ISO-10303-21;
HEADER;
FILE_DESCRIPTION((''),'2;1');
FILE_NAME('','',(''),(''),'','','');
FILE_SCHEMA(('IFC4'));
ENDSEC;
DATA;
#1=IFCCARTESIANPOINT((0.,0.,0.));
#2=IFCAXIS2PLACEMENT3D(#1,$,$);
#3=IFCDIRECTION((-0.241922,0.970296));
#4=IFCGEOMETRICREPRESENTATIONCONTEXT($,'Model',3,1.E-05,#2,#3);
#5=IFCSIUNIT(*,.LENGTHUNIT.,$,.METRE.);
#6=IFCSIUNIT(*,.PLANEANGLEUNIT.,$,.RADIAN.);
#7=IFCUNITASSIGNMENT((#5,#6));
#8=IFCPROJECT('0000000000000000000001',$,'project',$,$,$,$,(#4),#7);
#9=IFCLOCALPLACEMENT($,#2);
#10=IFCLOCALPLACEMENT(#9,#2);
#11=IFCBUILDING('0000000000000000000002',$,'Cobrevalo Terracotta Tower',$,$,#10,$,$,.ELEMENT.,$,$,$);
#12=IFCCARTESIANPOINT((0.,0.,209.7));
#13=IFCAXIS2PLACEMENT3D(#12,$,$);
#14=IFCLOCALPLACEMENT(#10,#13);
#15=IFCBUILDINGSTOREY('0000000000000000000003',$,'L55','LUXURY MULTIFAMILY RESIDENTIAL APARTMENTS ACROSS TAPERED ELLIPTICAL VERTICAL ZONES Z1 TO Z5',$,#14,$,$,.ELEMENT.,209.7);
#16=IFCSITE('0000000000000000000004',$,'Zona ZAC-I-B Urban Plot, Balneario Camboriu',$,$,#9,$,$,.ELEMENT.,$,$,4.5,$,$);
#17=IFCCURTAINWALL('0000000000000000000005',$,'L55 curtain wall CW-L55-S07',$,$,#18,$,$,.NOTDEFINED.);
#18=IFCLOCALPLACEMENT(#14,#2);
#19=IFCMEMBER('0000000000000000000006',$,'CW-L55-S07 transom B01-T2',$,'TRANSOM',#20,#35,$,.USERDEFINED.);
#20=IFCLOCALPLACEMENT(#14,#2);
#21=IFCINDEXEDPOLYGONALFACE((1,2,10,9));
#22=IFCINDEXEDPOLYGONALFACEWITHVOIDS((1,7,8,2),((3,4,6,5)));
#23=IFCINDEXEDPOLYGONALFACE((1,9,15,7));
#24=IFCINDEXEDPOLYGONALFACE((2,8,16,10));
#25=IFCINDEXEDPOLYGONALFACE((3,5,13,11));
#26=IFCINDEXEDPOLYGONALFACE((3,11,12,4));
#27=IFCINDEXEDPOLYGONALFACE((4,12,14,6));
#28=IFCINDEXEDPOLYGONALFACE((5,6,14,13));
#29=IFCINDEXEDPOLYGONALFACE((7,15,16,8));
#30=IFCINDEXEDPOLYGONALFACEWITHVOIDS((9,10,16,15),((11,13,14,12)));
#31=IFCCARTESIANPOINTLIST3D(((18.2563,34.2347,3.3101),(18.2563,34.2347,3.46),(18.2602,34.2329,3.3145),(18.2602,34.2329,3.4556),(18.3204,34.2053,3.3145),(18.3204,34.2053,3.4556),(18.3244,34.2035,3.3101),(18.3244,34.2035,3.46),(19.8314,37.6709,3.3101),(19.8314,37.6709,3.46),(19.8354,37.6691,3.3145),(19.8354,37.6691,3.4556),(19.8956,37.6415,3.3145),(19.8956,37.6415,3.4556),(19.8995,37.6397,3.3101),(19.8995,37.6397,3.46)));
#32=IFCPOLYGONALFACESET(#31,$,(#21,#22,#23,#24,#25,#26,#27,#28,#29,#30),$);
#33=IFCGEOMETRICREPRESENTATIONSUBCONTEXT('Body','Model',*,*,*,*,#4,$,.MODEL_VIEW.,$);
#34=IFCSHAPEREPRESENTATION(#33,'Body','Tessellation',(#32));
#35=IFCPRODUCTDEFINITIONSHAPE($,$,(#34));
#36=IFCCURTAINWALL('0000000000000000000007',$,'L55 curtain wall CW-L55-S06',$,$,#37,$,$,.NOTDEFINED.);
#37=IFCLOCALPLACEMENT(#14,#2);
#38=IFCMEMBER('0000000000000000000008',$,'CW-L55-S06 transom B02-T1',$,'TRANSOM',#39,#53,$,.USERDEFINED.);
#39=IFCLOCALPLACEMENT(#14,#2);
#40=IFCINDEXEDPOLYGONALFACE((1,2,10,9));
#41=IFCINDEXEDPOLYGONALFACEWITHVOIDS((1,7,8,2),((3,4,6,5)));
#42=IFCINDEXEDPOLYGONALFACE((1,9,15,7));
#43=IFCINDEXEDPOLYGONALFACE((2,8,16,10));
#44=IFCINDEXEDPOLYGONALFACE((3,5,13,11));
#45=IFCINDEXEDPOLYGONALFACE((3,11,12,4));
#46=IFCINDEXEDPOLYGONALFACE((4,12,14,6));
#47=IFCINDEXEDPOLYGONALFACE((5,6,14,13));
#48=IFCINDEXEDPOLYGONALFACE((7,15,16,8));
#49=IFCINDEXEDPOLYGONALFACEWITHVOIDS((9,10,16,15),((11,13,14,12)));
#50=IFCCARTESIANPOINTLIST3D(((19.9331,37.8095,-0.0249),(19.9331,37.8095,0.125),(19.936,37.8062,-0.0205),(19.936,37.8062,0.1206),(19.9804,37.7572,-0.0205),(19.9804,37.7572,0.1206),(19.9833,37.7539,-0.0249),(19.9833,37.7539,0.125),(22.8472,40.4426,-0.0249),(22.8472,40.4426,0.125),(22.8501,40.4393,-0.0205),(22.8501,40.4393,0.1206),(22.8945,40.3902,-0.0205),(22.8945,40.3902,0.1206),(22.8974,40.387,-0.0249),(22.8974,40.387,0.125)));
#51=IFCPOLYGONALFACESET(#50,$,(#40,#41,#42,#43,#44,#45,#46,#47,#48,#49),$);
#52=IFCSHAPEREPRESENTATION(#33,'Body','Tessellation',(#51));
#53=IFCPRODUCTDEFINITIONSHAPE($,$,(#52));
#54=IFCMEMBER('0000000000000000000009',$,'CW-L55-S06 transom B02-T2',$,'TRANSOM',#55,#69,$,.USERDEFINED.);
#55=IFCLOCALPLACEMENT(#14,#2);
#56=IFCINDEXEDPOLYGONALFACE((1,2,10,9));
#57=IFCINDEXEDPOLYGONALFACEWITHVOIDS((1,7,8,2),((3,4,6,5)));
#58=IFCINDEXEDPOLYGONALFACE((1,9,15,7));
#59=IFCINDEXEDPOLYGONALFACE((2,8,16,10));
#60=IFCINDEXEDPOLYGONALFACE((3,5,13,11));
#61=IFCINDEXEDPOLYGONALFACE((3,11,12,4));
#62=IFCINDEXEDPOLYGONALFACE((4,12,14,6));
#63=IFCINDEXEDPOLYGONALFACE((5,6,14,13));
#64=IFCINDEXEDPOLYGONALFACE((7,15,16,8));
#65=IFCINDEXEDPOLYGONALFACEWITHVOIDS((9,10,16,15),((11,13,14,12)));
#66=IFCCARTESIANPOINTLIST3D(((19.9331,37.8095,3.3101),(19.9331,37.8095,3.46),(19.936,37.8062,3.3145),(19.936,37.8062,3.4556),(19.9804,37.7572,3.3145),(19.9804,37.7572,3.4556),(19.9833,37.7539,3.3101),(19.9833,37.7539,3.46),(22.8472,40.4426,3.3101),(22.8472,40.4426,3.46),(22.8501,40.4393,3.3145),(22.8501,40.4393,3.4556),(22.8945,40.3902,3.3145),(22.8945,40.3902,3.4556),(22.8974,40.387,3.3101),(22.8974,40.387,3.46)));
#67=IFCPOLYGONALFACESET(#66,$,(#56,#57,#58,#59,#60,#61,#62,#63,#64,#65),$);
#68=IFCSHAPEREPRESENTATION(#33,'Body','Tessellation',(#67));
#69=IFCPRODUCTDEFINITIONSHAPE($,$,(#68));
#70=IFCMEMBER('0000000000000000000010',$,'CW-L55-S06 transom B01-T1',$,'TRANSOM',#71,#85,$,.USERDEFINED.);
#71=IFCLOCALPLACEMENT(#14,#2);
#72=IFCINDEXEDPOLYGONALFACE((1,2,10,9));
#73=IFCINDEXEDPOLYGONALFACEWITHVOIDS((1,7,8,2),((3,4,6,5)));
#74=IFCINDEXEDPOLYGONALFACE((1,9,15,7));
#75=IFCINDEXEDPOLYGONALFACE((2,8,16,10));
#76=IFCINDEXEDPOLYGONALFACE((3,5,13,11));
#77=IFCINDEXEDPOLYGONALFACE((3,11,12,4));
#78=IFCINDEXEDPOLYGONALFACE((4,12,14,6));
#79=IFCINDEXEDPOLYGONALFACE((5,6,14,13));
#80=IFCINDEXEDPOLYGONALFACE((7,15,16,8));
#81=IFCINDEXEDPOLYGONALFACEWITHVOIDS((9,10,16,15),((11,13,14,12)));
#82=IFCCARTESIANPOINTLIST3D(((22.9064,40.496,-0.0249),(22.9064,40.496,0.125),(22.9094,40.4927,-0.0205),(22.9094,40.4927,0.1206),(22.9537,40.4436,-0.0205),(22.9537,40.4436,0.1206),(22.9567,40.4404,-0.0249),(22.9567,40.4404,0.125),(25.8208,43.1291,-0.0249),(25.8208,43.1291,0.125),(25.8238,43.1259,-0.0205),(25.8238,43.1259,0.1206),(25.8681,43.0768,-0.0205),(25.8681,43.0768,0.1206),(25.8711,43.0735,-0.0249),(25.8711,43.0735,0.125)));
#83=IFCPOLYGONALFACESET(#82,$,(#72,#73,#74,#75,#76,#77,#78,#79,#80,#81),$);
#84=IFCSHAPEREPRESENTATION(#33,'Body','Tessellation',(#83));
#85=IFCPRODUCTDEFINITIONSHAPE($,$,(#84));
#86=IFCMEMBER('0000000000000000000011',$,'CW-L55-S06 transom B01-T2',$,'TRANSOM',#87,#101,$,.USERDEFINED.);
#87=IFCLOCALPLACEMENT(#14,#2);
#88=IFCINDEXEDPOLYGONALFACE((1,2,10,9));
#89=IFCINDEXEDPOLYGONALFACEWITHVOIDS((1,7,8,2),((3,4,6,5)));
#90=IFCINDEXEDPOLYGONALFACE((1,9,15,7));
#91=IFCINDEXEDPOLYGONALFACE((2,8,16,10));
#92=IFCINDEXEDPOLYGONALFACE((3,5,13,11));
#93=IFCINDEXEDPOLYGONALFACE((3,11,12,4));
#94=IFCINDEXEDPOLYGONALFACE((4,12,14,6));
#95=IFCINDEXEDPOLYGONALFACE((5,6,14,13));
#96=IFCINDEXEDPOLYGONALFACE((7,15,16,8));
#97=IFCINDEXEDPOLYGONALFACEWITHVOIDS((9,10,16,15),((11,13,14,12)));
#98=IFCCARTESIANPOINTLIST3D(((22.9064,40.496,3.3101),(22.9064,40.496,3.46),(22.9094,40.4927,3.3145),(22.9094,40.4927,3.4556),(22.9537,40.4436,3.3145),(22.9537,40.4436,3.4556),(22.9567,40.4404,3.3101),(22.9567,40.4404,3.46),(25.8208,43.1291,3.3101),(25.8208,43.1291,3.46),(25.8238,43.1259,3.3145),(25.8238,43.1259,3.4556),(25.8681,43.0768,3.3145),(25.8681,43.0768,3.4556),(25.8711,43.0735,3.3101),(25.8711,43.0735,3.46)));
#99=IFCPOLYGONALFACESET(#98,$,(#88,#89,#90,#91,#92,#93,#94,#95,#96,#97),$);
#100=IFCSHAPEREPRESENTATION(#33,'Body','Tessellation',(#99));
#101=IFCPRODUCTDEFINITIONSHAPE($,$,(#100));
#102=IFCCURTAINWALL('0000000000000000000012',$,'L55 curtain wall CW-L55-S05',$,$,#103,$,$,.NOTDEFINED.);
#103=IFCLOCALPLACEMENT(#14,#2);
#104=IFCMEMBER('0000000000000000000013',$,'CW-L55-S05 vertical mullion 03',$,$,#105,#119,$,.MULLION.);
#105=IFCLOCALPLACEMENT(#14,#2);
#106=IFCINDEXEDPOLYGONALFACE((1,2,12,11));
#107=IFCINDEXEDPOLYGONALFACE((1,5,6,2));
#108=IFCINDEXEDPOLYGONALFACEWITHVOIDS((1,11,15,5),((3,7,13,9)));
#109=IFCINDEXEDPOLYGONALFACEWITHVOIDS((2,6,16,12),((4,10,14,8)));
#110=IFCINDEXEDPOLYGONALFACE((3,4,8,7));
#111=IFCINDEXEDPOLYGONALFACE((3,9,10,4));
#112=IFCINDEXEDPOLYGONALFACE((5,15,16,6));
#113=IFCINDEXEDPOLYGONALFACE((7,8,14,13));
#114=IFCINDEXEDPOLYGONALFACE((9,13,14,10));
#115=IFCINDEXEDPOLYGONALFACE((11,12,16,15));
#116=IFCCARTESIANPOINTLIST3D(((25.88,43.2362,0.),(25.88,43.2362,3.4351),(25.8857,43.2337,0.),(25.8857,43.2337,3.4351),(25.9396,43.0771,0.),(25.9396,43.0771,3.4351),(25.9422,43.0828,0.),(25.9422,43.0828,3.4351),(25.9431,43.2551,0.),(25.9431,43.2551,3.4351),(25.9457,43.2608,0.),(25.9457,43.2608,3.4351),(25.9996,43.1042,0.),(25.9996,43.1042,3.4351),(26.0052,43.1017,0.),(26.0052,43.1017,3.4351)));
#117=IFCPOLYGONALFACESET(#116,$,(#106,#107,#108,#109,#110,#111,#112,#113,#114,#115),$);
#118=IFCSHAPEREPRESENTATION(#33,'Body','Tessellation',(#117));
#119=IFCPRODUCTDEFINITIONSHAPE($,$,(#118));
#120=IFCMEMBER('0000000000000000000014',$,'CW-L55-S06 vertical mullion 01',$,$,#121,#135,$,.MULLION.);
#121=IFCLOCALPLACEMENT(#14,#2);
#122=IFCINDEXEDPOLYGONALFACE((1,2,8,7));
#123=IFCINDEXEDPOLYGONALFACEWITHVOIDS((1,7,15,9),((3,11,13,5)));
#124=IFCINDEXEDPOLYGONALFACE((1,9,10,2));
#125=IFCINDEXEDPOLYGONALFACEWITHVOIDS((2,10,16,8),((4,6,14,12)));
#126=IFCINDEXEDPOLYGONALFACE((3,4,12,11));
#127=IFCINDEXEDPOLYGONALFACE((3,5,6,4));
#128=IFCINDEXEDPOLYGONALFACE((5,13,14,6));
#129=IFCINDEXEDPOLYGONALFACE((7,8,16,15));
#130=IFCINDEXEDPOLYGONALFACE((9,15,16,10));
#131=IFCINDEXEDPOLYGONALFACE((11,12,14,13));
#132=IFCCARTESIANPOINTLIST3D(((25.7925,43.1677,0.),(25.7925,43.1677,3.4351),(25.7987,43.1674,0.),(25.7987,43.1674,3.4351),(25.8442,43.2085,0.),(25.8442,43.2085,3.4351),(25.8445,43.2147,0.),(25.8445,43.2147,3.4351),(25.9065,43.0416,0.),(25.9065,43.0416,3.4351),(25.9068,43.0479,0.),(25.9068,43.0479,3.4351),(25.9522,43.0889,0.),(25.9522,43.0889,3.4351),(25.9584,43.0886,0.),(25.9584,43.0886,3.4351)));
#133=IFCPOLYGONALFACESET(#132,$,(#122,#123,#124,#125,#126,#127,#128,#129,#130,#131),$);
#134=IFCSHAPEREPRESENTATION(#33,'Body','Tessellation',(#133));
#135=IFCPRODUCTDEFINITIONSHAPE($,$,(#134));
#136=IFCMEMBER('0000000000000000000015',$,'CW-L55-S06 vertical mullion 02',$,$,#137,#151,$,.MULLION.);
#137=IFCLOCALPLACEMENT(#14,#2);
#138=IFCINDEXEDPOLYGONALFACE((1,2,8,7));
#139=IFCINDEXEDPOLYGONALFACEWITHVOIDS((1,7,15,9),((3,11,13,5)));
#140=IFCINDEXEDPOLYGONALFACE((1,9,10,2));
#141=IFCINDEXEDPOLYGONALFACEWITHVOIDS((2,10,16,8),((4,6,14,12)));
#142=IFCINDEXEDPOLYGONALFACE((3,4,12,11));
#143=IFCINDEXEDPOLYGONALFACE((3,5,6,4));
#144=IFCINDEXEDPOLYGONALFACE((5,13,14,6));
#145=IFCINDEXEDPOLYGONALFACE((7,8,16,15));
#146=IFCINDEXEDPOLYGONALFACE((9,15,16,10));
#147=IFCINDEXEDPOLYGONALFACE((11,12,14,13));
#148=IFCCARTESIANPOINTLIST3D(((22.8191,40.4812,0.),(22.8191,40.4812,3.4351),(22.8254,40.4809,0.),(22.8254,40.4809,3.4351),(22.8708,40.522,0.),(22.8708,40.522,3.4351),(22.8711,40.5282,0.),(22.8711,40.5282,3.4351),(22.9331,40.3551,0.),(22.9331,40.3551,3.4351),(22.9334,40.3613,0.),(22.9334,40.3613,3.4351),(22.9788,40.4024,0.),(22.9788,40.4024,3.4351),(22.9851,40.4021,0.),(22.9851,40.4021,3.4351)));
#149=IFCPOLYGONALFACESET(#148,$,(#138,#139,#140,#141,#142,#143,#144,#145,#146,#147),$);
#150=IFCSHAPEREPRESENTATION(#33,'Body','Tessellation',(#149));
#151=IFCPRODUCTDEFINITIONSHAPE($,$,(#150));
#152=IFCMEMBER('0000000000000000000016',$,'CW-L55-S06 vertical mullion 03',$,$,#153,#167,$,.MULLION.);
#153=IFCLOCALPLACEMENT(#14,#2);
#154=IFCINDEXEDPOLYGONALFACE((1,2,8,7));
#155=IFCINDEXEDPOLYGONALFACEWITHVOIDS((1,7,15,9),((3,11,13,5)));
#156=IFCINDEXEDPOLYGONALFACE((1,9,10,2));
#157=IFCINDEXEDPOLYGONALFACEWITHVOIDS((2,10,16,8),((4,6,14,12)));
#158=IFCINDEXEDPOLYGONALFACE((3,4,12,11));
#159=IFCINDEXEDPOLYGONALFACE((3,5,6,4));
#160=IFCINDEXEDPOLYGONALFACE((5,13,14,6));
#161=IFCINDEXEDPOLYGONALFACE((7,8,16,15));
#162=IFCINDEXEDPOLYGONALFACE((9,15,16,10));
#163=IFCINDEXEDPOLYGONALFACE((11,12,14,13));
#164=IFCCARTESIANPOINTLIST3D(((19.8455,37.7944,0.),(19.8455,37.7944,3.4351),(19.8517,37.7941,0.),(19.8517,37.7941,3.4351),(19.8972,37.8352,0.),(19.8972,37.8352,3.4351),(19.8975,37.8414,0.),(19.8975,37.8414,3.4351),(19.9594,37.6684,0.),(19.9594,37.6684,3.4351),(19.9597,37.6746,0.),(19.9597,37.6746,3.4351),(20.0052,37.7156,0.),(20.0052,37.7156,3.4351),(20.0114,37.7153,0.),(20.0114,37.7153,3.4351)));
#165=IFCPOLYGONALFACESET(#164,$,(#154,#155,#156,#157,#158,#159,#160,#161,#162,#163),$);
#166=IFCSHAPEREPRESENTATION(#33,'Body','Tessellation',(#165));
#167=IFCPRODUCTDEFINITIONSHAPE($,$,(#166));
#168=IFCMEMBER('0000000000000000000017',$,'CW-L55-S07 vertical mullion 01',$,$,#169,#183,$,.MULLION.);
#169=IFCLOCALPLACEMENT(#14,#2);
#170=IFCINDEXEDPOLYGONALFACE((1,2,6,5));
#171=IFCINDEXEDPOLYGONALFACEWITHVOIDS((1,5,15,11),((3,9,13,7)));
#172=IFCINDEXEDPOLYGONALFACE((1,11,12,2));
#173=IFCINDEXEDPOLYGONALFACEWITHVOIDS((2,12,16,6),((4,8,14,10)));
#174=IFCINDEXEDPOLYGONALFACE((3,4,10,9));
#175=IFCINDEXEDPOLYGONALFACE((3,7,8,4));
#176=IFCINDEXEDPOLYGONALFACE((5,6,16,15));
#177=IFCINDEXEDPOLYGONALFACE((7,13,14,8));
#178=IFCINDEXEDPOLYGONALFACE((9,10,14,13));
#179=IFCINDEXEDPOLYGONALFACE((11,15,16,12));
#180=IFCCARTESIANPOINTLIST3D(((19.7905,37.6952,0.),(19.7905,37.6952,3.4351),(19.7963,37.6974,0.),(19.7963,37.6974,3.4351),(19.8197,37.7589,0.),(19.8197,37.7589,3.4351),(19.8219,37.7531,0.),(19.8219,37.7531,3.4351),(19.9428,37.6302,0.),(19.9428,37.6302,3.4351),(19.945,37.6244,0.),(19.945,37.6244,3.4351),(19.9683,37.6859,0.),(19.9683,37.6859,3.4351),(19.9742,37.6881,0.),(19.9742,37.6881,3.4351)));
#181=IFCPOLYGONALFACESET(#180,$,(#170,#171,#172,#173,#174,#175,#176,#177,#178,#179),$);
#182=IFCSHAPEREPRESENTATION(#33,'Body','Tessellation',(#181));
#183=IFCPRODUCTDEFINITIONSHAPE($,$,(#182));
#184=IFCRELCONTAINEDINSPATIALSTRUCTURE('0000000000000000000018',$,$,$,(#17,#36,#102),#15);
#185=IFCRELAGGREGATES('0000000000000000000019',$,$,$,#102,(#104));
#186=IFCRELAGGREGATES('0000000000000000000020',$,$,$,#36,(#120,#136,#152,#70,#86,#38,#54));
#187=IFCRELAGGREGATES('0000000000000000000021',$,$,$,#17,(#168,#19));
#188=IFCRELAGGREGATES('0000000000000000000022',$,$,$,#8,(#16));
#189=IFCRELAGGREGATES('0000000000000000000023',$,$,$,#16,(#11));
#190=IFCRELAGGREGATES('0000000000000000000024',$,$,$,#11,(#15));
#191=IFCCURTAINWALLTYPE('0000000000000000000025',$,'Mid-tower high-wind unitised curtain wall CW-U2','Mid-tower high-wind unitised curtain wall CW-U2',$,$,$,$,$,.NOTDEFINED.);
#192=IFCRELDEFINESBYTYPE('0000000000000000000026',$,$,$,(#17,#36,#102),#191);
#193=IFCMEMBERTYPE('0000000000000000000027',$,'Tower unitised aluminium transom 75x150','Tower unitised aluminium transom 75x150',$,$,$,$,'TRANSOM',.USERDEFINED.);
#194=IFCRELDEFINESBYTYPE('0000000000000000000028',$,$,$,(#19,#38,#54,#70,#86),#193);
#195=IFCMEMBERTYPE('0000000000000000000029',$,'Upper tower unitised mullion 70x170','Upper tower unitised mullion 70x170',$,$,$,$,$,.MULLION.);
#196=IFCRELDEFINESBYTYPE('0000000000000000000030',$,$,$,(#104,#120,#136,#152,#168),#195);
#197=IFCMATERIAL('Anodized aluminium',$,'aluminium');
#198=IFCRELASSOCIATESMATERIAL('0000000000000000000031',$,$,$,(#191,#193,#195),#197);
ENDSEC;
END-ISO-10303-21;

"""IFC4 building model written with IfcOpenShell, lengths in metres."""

from ifc_helpers import new_model, si_unit, direction, frame, origin, origin_2d, place, context, subcontext, project, spatial, hollow_rectangle, extrude, source, transform, mapped, material, material_profile, profile_set, type_object, element, aggregate, save


model = new_model("IFC4")

# Units and contexts
model_context = context("Model", 3, precision=1e-05, world=origin(), true_north=direction((-0.241922, 0.970296)))
body_context = subcontext(model_context, "Body", "Model", "MODEL_VIEW")
ifc_project = project(units=[si_unit("LENGTHUNIT", "METRE"), si_unit("PLANEANGLEUNIT", "RADIAN")], contexts=[model_context])

# Site, building, storey
site_placement = place(None, origin())
site = spatial("IfcSite", under=ifc_project, at=site_placement, Name="Zona ZAC-I-B Urban Plot, Balneario Camboriu", CompositionType="ELEMENT", RefElevation=4.5)
building_placement = place(site_placement, origin())
building = spatial("IfcBuilding", under=site, at=building_placement, Name="Cobrevalo Terracotta Tower", CompositionType="ELEMENT")
storey_placement = place(building_placement, frame((0.0, 0.0, 209.7)))
storey = spatial("IfcBuildingStorey", under=building, at=storey_placement, Name="L55", Description="LUXURY MULTIFAMILY RESIDENTIAL APARTMENTS ACROSS TAPERED ELLIPTICAL VERTICAL ZONES Z1 TO Z5", CompositionType="ELEMENT", Elevation=209.7)

# Curtain walls, members
ifc_material_1 = material(Name="Anodized aluminium", Category="aluminium")
curtain_wall_type = type_object("IfcCurtainWallType", Name="Mid-tower high-wind unitised curtain wall CW-U2", Description="Mid-tower high-wind unitised curtain wall CW-U2", PredefinedType="NOTDEFINED", material=ifc_material_1)
curtain_wall_1_placement = place(storey_placement, origin())
curtain_wall_1 = element("IfcCurtainWall", 1, at=curtain_wall_1_placement, inside=storey, type_object=curtain_wall_type, Name="L55 curtain wall CW-L55-S07", PredefinedType="NOTDEFINED")
ifc_material_profile_1 = material_profile(ifc_material_1, hollow_rectangle(XDim=0.075, YDim=0.1499, WallThickness=0.0044, at=origin_2d()), Name="CWT 75x150")
ifc_profile_set_1 = profile_set([ifc_material_profile_1], Name="Anodized aluminium")
member_type_1 = type_object("IfcMemberType", Name="Tower unitised aluminium transom 75x150", Description="Tower unitised aluminium transom 75x150", ElementType="TRANSOM", PredefinedType="USERDEFINED", material=ifc_profile_set_1)
shared_shape_1 = source(origin(), body_context, "Body", "SweptSolid", [
    extrude(hollow_rectangle(XDim=0.075, YDim=0.1499, WallThickness=0.0044, at=origin_2d()), origin(), (0.0, 0.0, 1.0), 3.78),
])
member_1_placement = place(storey_placement, frame((19.8655, 37.6553, 3.385), z_axis=(-0.416706, -0.909041, 0.0), x_axis=(0.909041, -0.416706, 0.0)))
member_1 = element("IfcMember", 2, at=member_1_placement, type_object=member_type_1, Name="CW-L55-S07 transom B01-T2", ObjectType="TRANSOM", PredefinedType="USERDEFINED", context=body_context, shape_type="MappedRepresentation", body=[
    mapped(shared_shape_1, transform((0.0, 0.0, 0.0), scale=1.0)),
])
curtain_wall_2_placement = place(storey_placement, origin())
curtain_wall_2 = element("IfcCurtainWall", 3, at=curtain_wall_2_placement, inside=storey, type_object=curtain_wall_type, Name="L55 curtain wall CW-L55-S06", PredefinedType="NOTDEFINED")
shared_shape_2 = source(origin(), body_context, "Body", "SweptSolid", [
    extrude(hollow_rectangle(XDim=0.075, YDim=0.1499, WallThickness=0.0044, at=origin_2d()), origin(), (0.0, 0.0, 1.0), 3.9275),
])
member_2_placement = place(storey_placement, frame((22.8723, 40.4148, 0.05), z_axis=(-0.741976, -0.670426, 0.0), x_axis=(0.670426, -0.741976, 0.0)))
member_2 = element("IfcMember", 4, at=member_2_placement, type_object=member_type_1, Name="CW-L55-S06 transom B02-T1", ObjectType="TRANSOM", PredefinedType="USERDEFINED", context=body_context, shape_type="MappedRepresentation", body=[
    mapped(shared_shape_2, transform((0.0, 0.0, 0.0), scale=1.0)),
])
member_3_placement = place(storey_placement, frame((22.8723, 40.4148, 3.385), z_axis=(-0.741976, -0.670426, 0.0), x_axis=(0.670426, -0.741976, 0.0)))
member_3 = element("IfcMember", 5, at=member_3_placement, type_object=member_type_1, Name="CW-L55-S06 transom B02-T2", ObjectType="TRANSOM", PredefinedType="USERDEFINED", context=body_context, shape_type="MappedRepresentation", body=[
    mapped(shared_shape_2, transform((0.0, 0.0, 0.0), scale=1.0)),
])
shared_shape_3 = source(origin(), body_context, "Body", "SweptSolid", [
    extrude(hollow_rectangle(XDim=0.075, YDim=0.1499, WallThickness=0.0044, at=origin_2d()), origin(), (0.0, 0.0, 1.0), 3.9277),
])
member_4_placement = place(storey_placement, frame((25.8459, 43.1013, 0.05), z_axis=(-0.742004, -0.670396, 0.0), x_axis=(0.670396, -0.742004, 0.0)))
member_4 = element("IfcMember", 6, at=member_4_placement, type_object=member_type_1, Name="CW-L55-S06 transom B01-T1", ObjectType="TRANSOM", PredefinedType="USERDEFINED", context=body_context, shape_type="MappedRepresentation", body=[
    mapped(shared_shape_3, transform((0.0, 0.0, 0.0), scale=1.0)),
])
member_5_placement = place(storey_placement, frame((25.8459, 43.1013, 3.385), z_axis=(-0.742004, -0.670396, 0.0), x_axis=(0.670396, -0.742004, 0.0)))
member_5 = element("IfcMember", 7, at=member_5_placement, type_object=member_type_1, Name="CW-L55-S06 transom B01-T2", ObjectType="TRANSOM", PredefinedType="USERDEFINED", context=body_context, shape_type="MappedRepresentation", body=[
    mapped(shared_shape_3, transform((0.0, 0.0, 0.0), scale=1.0)),
])

# Curtain wall, member
curtain_wall_3_placement = place(storey_placement, origin())
curtain_wall_3 = element("IfcCurtainWall", 8, at=curtain_wall_3_placement, inside=storey, type_object=curtain_wall_type, Name="L55 curtain wall CW-L55-S05", PredefinedType="NOTDEFINED")
ifc_material_profile_2 = material_profile(ifc_material_1, hollow_rectangle(XDim=0.0701, YDim=0.1699, WallThickness=0.0044, at=origin_2d()), Name="CWM 70x170")
ifc_profile_set_2 = profile_set([ifc_material_profile_2], Name="Anodized aluminium")
member_type_2 = type_object("IfcMemberType", Name="Upper tower unitised mullion 70x170", Description="Upper tower unitised mullion 70x170", PredefinedType="MULLION", material=ifc_profile_set_2)
shared_shape_4 = source(origin(), body_context, "Body", "SweptSolid", [
    extrude(hollow_rectangle(XDim=0.0701, YDim=0.1699, WallThickness=0.0044, at=origin_2d()), origin(), (0.0, 0.0, 1.0), 3.4351),
])
member_6_placement = place(storey_placement, frame((25.9426, 43.1689, 0.0), z_axis=(0.0, 0.0, 1.0), x_axis=(-0.936556, -0.350518, 0.0)))
member_6 = element("IfcMember", 9, at=member_6_placement, type_object=member_type_2, Name="CW-L55-S05 vertical mullion 03", PredefinedType="MULLION", context=body_context, shape_type="MappedRepresentation", body=[
    mapped(shared_shape_4, transform((0.0, 0.0, 0.0), scale=1.0)),
])
aggregate(curtain_wall_3, [member_6])

# Members
member_7_placement = place(storey_placement, frame((25.8755, 43.1282, 0.0), z_axis=(0.0, 0.0, 1.0), x_axis=(-0.741988, -0.670414, 0.0)))
member_7 = element("IfcMember", 10, at=member_7_placement, type_object=member_type_2, Name="CW-L55-S06 vertical mullion 01", PredefinedType="MULLION", context=body_context, shape_type="MappedRepresentation", body=[
    mapped(shared_shape_4, transform((0.0, 0.0, 0.0), scale=1.0)),
])
member_8_placement = place(storey_placement, frame((22.9021, 40.4417, 0.0), z_axis=(0.0, 0.0, 1.0), x_axis=(-0.741988, -0.670414, 0.0)))
member_8 = element("IfcMember", 11, at=member_8_placement, type_object=member_type_2, Name="CW-L55-S06 vertical mullion 02", PredefinedType="MULLION", context=body_context, shape_type="MappedRepresentation", body=[
    mapped(shared_shape_4, transform((0.0, 0.0, 0.0), scale=1.0)),
])
member_9_placement = place(storey_placement, frame((19.9285, 37.7549, 0.0), z_axis=(0.0, 0.0, 1.0), x_axis=(-0.741988, -0.670414, 0.0)))
member_9 = element("IfcMember", 12, at=member_9_placement, type_object=member_type_2, Name="CW-L55-S06 vertical mullion 03", PredefinedType="MULLION", context=body_context, shape_type="MappedRepresentation", body=[
    mapped(shared_shape_4, transform((0.0, 0.0, 0.0), scale=1.0)),
])
member_10_placement = place(storey_placement, frame((19.8823, 37.6917, 0.0), z_axis=(0.0, 0.0, 1.0), x_axis=(-0.416725, -0.909033, 0.0)))
member_10 = element("IfcMember", 13, at=member_10_placement, type_object=member_type_2, Name="CW-L55-S07 vertical mullion 01", PredefinedType="MULLION", context=body_context, shape_type="MappedRepresentation", body=[
    mapped(shared_shape_4, transform((0.0, 0.0, 0.0), scale=1.0)),
])

aggregate(curtain_wall_2, [member_7, member_8, member_9, member_4, member_5, member_2, member_3])
aggregate(curtain_wall_1, [member_10, member_1])

save(model, "model.ifc")
